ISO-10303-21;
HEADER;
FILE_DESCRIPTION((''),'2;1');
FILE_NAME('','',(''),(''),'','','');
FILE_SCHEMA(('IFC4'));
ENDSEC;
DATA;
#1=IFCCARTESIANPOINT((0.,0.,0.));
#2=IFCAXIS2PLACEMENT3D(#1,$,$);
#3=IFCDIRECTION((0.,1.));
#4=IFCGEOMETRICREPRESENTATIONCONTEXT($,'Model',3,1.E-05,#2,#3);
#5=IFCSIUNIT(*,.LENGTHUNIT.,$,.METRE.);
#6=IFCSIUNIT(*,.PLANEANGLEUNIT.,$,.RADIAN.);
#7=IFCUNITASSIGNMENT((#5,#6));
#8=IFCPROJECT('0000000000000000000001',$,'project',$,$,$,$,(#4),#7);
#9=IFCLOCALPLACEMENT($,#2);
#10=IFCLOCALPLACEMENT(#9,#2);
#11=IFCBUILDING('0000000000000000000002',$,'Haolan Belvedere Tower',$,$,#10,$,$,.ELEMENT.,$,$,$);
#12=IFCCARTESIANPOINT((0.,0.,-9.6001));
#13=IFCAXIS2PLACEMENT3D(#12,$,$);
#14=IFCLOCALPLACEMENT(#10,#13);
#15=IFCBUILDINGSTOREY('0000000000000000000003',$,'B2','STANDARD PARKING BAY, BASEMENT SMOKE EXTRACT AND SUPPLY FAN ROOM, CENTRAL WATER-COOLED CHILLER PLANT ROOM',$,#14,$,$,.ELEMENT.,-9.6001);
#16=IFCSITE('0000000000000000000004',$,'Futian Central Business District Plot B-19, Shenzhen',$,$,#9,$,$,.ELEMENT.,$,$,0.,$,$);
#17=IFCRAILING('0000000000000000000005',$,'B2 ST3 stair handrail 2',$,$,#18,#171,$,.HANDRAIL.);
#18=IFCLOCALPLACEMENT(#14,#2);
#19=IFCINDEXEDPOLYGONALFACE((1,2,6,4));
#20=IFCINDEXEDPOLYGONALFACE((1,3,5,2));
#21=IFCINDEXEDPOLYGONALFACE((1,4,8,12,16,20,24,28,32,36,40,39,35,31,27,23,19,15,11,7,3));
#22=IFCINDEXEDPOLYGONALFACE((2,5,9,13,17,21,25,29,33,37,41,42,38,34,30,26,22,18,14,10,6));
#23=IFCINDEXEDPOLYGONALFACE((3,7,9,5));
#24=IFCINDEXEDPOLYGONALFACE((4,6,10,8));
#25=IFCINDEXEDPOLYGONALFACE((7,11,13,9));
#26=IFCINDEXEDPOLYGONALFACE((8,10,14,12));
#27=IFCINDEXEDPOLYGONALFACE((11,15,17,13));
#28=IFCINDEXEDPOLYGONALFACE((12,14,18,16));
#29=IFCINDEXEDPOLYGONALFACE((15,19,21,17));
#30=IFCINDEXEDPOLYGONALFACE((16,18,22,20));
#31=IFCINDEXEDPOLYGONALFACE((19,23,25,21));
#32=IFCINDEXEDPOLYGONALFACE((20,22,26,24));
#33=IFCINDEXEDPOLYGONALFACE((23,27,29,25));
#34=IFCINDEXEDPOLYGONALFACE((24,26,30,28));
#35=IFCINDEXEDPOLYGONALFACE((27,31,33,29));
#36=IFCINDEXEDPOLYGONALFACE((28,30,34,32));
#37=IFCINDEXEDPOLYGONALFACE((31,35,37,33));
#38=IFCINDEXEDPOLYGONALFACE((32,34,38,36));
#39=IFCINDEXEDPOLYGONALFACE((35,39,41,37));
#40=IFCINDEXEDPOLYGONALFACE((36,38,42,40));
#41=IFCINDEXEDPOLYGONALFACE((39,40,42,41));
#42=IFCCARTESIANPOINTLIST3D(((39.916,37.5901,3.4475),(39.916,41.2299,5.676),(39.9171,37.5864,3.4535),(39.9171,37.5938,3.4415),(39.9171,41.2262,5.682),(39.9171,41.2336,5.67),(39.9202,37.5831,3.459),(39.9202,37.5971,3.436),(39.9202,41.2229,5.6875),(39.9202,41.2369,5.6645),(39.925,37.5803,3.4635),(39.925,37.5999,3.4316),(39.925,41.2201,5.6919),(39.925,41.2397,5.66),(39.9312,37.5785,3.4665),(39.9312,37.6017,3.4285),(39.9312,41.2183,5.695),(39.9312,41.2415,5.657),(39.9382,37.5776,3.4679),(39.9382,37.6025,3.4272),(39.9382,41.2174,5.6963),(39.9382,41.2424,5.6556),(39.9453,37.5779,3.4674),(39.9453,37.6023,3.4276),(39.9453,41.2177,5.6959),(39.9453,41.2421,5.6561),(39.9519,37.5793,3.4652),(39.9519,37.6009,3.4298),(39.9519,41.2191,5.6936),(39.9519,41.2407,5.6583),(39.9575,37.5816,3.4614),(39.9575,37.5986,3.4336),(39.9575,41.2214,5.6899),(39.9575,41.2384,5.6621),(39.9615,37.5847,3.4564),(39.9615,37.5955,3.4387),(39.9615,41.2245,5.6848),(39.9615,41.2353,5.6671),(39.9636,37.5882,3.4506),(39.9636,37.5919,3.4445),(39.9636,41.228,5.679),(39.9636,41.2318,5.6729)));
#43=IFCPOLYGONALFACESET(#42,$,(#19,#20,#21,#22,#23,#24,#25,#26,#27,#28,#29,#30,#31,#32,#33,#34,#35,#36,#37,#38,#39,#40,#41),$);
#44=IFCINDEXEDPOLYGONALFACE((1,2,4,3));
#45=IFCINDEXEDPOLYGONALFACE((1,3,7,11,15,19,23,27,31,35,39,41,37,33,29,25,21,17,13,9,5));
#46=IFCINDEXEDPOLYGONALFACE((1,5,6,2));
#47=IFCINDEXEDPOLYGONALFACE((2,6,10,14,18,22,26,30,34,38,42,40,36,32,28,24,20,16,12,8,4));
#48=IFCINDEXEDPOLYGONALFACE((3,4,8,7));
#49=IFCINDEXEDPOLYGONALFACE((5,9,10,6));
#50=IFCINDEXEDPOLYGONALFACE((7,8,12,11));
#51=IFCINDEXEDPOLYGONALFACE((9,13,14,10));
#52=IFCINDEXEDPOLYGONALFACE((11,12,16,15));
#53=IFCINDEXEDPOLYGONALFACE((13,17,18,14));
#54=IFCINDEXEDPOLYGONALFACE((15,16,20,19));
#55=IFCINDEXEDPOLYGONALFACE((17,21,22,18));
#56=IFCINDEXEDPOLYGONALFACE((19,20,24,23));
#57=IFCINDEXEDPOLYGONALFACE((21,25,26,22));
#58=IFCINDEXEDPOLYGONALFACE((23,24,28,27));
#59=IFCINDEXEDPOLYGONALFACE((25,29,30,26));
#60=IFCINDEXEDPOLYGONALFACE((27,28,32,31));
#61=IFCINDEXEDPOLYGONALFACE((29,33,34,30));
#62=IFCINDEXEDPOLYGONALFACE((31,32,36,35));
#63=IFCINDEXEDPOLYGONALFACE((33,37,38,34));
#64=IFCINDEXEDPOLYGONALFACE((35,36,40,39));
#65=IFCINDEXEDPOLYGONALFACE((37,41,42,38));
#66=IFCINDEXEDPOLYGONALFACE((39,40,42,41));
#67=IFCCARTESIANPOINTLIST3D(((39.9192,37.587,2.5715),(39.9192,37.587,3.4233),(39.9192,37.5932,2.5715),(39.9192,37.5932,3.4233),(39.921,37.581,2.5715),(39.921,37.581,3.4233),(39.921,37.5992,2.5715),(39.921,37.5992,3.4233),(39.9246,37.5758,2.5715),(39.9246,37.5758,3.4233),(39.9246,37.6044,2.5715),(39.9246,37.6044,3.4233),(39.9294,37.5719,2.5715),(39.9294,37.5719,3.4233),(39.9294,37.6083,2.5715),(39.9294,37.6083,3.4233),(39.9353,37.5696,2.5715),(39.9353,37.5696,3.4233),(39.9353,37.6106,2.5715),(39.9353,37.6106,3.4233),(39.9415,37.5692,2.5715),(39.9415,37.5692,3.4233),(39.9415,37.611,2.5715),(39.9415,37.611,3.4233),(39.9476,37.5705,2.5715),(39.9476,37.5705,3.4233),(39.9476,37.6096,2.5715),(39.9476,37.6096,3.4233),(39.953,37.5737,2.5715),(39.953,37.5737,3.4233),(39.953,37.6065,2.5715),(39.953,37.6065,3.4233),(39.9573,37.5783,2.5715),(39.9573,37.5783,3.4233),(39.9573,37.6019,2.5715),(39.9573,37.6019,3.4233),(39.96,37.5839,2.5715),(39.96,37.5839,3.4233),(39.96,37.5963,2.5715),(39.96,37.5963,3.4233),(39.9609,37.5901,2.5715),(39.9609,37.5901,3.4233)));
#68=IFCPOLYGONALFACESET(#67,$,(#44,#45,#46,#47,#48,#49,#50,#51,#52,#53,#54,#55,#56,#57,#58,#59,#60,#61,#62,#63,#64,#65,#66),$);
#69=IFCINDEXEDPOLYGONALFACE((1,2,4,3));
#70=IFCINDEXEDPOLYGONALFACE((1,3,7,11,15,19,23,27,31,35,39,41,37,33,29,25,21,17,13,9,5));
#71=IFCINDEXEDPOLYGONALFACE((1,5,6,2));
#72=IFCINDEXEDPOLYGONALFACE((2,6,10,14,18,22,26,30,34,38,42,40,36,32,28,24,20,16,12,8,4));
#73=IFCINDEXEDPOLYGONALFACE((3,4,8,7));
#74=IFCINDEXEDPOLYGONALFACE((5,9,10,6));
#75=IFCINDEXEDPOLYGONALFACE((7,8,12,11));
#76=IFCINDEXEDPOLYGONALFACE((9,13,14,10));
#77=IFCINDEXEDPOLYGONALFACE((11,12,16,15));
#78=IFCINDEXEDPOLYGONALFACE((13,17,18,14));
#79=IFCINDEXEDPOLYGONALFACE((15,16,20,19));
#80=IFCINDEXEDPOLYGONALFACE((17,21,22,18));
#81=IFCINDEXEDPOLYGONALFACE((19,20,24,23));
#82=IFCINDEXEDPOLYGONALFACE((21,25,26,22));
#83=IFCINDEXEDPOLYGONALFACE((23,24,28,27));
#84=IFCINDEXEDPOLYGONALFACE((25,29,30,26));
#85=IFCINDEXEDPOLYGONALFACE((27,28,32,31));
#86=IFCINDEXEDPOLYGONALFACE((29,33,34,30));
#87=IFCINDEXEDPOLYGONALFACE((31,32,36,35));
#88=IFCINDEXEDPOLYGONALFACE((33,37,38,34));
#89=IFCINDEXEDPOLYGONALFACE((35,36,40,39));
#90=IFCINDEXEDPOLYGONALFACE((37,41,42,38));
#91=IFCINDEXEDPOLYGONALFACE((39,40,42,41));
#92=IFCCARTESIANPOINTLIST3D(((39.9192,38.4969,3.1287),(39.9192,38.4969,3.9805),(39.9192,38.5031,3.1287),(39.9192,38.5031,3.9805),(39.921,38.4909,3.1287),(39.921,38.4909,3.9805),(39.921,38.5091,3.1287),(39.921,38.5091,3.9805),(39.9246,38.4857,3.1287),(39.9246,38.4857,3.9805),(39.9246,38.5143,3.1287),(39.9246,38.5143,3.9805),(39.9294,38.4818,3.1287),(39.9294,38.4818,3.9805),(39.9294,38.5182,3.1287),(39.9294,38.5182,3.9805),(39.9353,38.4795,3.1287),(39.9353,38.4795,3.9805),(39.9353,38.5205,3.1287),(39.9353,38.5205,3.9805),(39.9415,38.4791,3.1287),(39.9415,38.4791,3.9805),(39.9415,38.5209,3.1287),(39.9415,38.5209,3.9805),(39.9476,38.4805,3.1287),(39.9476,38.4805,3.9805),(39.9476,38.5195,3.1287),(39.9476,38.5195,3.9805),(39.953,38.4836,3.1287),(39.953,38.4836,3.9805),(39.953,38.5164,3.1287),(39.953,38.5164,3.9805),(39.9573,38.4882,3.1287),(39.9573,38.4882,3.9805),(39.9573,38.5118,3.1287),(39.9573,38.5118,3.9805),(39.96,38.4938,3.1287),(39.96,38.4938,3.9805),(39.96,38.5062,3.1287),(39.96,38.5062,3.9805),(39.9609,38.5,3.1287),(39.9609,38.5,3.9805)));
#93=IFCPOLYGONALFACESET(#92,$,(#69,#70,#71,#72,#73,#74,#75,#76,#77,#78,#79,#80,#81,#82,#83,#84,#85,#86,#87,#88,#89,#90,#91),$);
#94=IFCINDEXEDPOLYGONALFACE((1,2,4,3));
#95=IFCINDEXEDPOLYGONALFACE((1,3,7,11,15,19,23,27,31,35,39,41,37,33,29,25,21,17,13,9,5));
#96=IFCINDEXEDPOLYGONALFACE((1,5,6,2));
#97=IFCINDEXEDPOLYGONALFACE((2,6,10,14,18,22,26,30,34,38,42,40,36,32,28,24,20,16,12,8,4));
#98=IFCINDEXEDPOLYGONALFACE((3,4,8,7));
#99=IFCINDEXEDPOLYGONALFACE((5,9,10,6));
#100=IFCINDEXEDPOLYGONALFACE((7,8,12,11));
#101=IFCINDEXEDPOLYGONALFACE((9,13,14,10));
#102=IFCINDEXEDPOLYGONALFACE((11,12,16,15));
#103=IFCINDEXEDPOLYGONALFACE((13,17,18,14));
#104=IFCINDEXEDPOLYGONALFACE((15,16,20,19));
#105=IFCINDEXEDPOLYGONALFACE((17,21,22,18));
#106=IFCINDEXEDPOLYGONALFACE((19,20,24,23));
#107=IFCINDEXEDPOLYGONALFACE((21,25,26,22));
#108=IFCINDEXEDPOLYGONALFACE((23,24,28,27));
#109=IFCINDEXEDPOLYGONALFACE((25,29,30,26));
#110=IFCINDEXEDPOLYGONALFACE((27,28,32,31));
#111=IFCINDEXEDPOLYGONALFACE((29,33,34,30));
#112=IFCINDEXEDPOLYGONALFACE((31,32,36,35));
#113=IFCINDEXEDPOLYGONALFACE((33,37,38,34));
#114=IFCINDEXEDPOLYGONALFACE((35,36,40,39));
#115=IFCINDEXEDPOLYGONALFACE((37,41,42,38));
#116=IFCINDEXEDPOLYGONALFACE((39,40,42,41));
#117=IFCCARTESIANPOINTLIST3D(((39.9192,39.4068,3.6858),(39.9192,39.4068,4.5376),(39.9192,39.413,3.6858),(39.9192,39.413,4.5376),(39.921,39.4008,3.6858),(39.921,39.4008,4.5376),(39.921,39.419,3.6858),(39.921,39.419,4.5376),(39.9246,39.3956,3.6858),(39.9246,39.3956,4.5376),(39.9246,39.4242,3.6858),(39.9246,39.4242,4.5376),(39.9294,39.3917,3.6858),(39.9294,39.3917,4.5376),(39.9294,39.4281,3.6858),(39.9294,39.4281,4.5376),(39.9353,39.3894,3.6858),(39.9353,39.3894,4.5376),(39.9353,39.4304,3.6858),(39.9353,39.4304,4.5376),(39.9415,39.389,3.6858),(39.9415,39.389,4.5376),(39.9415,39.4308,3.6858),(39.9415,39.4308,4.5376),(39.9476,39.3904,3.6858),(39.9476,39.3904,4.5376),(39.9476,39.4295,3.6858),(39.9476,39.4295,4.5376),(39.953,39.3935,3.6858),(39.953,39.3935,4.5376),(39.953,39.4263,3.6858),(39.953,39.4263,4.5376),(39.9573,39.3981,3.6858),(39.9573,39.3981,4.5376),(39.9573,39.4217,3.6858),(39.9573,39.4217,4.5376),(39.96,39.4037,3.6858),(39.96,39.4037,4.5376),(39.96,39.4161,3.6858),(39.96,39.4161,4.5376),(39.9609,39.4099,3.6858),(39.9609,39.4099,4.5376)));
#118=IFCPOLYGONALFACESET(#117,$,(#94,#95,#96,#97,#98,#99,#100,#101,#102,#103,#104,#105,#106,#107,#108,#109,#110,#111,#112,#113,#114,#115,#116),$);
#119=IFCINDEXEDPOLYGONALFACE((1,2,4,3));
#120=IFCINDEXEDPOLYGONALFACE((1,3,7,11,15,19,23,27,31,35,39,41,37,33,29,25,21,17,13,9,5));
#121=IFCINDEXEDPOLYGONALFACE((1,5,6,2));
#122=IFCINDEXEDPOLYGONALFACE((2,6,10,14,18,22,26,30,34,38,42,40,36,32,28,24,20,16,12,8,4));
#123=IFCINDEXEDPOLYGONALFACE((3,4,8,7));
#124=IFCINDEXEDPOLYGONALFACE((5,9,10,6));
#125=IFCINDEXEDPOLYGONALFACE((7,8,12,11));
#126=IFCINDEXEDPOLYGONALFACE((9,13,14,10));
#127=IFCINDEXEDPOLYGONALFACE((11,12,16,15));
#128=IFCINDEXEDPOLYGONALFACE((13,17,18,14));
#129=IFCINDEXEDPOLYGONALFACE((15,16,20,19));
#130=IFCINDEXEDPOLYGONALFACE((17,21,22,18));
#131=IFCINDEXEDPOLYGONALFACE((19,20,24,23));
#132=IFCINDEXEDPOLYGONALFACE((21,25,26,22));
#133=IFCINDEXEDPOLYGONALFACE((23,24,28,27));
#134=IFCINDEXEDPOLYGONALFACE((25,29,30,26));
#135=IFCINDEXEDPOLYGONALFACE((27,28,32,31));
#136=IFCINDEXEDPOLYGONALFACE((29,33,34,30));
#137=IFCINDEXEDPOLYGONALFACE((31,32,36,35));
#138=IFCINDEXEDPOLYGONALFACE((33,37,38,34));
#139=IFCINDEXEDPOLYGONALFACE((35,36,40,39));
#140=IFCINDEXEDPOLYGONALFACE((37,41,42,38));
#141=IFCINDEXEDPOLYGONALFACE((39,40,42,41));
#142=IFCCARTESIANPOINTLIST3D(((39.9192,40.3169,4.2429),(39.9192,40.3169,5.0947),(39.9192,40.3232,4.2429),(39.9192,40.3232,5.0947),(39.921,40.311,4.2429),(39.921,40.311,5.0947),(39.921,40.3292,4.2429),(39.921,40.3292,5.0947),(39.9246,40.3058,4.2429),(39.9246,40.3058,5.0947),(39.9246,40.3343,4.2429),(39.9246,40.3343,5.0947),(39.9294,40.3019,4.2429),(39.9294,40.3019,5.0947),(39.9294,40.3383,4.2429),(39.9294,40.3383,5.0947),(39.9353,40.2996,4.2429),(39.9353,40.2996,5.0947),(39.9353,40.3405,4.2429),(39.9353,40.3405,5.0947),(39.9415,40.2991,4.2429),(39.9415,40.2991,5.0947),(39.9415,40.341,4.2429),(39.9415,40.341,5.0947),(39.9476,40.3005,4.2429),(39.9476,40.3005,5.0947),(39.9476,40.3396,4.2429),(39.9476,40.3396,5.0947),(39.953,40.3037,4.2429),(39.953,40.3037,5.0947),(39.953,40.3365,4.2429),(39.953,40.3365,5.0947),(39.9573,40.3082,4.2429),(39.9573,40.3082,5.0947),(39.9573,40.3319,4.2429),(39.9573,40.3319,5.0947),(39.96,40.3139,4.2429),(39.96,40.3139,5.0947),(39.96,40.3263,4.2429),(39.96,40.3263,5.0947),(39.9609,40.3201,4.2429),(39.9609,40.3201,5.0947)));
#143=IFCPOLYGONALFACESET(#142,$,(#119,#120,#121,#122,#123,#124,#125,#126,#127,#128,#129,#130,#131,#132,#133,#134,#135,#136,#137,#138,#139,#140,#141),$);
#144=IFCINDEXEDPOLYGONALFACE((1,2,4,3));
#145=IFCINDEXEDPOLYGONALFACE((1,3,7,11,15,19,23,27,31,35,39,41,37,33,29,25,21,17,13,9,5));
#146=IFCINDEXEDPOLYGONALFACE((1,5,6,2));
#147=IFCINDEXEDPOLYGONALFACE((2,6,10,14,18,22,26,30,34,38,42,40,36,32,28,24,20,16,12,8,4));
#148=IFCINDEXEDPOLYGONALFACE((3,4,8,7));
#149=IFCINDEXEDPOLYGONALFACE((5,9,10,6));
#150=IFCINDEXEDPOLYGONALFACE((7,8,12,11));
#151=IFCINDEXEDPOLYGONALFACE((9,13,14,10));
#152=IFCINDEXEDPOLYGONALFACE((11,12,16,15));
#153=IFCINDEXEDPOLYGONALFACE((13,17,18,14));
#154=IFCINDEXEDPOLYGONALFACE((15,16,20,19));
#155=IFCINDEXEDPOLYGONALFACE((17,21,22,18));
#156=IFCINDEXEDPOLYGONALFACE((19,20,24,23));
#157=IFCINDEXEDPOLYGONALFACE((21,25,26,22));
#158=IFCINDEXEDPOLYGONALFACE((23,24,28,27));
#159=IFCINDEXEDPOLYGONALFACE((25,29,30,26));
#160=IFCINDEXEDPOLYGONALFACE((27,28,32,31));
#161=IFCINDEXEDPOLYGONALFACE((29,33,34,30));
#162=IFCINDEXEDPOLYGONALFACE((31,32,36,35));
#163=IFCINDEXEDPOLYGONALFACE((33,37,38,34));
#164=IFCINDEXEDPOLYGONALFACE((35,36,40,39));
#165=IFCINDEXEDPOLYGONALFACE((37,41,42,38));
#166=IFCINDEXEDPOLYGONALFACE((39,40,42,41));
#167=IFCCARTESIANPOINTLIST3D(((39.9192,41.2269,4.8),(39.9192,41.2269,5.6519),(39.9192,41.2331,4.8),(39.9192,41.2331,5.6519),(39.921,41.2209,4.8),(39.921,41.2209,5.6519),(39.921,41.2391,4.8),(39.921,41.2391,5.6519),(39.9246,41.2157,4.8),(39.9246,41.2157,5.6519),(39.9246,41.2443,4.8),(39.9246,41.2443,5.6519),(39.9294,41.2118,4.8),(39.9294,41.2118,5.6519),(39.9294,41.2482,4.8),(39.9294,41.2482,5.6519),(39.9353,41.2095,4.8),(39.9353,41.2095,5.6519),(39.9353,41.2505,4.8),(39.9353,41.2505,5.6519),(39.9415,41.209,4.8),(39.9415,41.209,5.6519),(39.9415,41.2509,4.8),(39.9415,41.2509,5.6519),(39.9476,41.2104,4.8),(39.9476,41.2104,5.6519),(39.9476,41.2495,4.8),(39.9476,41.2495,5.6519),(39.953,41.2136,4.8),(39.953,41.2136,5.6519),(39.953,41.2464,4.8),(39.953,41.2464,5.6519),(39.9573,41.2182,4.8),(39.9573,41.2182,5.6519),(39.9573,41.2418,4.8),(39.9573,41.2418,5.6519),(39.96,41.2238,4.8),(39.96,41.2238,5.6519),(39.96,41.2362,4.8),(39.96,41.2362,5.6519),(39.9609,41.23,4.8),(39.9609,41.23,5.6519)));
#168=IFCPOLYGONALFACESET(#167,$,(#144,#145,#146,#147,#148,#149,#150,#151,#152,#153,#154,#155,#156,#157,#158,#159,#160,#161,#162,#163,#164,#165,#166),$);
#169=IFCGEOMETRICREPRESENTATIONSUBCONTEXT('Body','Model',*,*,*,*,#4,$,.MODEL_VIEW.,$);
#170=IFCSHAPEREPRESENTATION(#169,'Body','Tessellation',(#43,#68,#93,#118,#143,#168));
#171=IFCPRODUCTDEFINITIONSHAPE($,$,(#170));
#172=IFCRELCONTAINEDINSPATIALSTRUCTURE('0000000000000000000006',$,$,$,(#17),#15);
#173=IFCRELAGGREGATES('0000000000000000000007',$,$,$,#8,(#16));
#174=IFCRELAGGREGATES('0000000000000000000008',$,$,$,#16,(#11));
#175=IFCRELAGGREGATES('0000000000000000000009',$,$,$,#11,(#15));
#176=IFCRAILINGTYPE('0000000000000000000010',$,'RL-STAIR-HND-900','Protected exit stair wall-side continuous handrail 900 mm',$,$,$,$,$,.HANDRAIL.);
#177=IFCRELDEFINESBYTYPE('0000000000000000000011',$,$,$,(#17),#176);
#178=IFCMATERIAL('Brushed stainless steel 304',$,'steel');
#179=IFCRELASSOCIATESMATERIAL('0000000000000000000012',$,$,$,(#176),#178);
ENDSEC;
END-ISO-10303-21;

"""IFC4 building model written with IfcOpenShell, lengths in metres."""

from ifc_helpers import new_model, si_unit, direction, frame, origin, origin_2d, place, context, subcontext, project, spatial, circle, extrude, material, type_object, element, save


model = new_model("IFC4")

# Units and contexts
model_context = context("Model", 3, precision=1e-05, world=origin(), true_north=direction((0.0, 1.0)))
body_context = subcontext(model_context, "Body", "Model", "MODEL_VIEW")
ifc_project = project(units=[si_unit("LENGTHUNIT", "METRE"), si_unit("PLANEANGLEUNIT", "RADIAN")], contexts=[model_context])

# Site, building, storey
site_placement = place(None, origin())
site = spatial("IfcSite", under=ifc_project, at=site_placement, Name="Futian Central Business District Plot B-19, Shenzhen", CompositionType="ELEMENT", RefElevation=0.0)
building_placement = place(site_placement, origin())
building = spatial("IfcBuilding", under=site, at=building_placement, Name="Haolan Belvedere Tower", CompositionType="ELEMENT")
storey_placement = place(building_placement, frame((0.0, 0.0, -9.6001)))
storey = spatial("IfcBuildingStorey", under=building, at=storey_placement, Name="B2", Description="STANDARD PARKING BAY, BASEMENT SMOKE EXTRACT AND SUPPLY FAN ROOM, CENTRAL WATER-COOLED CHILLER PLANT ROOM", CompositionType="ELEMENT", Elevation=-9.6001)

# Railing
ifc_material_1 = material(Name="Brushed stainless steel 304", Category="steel")
railing_type_1 = type_object("IfcRailingType", Name="RL-STAIR-HND-900", Description="Protected exit stair wall-side continuous handrail 900 mm", PredefinedType="HANDRAIL", material=ifc_material_1)
for number, where, name in (
    (1, (39.9399, 37.5901, 2.5715), "B2 ST3 stair handrail 2"),
):
    element("IfcRailing", number, at=place(storey_placement, frame(where)), inside=storey, type_object=railing_type_1, Name=name, PredefinedType="HANDRAIL", context=body_context, shape_type="SweptSolid", body=[
        extrude(circle(Radius=0.0239, at=origin_2d()), frame((0.0, 0.0, 0.876), z_axis=(0.0, 0.85285, 0.522156), x_axis=(-1.0, 0.0, 0.0)), (0.0, 0.0, 1.0), 4.2678),
        extrude(circle(Radius=0.021, at=origin_2d()), origin(), (0.0, 0.0, 1.0), 0.8518),
        extrude(circle(Radius=0.021, at=origin_2d()), frame((0.0, 0.9099, 0.5571)), (0.0, 0.0, 1.0), 0.8518),
        extrude(circle(Radius=0.021, at=origin_2d()), frame((0.0, 1.8198, 1.1143)), (0.0, 0.0, 1.0), 0.8518),
        extrude(circle(Radius=0.021, at=origin_2d()), frame((0.0, 2.73, 1.6714)), (0.0, 0.0, 1.0), 0.8518),
        extrude(circle(Radius=0.021, at=origin_2d()), frame((0.0, 3.6399, 2.2285)), (0.0, 0.0, 1.0), 0.8518),
    ])

save(model, "model.ifc")
